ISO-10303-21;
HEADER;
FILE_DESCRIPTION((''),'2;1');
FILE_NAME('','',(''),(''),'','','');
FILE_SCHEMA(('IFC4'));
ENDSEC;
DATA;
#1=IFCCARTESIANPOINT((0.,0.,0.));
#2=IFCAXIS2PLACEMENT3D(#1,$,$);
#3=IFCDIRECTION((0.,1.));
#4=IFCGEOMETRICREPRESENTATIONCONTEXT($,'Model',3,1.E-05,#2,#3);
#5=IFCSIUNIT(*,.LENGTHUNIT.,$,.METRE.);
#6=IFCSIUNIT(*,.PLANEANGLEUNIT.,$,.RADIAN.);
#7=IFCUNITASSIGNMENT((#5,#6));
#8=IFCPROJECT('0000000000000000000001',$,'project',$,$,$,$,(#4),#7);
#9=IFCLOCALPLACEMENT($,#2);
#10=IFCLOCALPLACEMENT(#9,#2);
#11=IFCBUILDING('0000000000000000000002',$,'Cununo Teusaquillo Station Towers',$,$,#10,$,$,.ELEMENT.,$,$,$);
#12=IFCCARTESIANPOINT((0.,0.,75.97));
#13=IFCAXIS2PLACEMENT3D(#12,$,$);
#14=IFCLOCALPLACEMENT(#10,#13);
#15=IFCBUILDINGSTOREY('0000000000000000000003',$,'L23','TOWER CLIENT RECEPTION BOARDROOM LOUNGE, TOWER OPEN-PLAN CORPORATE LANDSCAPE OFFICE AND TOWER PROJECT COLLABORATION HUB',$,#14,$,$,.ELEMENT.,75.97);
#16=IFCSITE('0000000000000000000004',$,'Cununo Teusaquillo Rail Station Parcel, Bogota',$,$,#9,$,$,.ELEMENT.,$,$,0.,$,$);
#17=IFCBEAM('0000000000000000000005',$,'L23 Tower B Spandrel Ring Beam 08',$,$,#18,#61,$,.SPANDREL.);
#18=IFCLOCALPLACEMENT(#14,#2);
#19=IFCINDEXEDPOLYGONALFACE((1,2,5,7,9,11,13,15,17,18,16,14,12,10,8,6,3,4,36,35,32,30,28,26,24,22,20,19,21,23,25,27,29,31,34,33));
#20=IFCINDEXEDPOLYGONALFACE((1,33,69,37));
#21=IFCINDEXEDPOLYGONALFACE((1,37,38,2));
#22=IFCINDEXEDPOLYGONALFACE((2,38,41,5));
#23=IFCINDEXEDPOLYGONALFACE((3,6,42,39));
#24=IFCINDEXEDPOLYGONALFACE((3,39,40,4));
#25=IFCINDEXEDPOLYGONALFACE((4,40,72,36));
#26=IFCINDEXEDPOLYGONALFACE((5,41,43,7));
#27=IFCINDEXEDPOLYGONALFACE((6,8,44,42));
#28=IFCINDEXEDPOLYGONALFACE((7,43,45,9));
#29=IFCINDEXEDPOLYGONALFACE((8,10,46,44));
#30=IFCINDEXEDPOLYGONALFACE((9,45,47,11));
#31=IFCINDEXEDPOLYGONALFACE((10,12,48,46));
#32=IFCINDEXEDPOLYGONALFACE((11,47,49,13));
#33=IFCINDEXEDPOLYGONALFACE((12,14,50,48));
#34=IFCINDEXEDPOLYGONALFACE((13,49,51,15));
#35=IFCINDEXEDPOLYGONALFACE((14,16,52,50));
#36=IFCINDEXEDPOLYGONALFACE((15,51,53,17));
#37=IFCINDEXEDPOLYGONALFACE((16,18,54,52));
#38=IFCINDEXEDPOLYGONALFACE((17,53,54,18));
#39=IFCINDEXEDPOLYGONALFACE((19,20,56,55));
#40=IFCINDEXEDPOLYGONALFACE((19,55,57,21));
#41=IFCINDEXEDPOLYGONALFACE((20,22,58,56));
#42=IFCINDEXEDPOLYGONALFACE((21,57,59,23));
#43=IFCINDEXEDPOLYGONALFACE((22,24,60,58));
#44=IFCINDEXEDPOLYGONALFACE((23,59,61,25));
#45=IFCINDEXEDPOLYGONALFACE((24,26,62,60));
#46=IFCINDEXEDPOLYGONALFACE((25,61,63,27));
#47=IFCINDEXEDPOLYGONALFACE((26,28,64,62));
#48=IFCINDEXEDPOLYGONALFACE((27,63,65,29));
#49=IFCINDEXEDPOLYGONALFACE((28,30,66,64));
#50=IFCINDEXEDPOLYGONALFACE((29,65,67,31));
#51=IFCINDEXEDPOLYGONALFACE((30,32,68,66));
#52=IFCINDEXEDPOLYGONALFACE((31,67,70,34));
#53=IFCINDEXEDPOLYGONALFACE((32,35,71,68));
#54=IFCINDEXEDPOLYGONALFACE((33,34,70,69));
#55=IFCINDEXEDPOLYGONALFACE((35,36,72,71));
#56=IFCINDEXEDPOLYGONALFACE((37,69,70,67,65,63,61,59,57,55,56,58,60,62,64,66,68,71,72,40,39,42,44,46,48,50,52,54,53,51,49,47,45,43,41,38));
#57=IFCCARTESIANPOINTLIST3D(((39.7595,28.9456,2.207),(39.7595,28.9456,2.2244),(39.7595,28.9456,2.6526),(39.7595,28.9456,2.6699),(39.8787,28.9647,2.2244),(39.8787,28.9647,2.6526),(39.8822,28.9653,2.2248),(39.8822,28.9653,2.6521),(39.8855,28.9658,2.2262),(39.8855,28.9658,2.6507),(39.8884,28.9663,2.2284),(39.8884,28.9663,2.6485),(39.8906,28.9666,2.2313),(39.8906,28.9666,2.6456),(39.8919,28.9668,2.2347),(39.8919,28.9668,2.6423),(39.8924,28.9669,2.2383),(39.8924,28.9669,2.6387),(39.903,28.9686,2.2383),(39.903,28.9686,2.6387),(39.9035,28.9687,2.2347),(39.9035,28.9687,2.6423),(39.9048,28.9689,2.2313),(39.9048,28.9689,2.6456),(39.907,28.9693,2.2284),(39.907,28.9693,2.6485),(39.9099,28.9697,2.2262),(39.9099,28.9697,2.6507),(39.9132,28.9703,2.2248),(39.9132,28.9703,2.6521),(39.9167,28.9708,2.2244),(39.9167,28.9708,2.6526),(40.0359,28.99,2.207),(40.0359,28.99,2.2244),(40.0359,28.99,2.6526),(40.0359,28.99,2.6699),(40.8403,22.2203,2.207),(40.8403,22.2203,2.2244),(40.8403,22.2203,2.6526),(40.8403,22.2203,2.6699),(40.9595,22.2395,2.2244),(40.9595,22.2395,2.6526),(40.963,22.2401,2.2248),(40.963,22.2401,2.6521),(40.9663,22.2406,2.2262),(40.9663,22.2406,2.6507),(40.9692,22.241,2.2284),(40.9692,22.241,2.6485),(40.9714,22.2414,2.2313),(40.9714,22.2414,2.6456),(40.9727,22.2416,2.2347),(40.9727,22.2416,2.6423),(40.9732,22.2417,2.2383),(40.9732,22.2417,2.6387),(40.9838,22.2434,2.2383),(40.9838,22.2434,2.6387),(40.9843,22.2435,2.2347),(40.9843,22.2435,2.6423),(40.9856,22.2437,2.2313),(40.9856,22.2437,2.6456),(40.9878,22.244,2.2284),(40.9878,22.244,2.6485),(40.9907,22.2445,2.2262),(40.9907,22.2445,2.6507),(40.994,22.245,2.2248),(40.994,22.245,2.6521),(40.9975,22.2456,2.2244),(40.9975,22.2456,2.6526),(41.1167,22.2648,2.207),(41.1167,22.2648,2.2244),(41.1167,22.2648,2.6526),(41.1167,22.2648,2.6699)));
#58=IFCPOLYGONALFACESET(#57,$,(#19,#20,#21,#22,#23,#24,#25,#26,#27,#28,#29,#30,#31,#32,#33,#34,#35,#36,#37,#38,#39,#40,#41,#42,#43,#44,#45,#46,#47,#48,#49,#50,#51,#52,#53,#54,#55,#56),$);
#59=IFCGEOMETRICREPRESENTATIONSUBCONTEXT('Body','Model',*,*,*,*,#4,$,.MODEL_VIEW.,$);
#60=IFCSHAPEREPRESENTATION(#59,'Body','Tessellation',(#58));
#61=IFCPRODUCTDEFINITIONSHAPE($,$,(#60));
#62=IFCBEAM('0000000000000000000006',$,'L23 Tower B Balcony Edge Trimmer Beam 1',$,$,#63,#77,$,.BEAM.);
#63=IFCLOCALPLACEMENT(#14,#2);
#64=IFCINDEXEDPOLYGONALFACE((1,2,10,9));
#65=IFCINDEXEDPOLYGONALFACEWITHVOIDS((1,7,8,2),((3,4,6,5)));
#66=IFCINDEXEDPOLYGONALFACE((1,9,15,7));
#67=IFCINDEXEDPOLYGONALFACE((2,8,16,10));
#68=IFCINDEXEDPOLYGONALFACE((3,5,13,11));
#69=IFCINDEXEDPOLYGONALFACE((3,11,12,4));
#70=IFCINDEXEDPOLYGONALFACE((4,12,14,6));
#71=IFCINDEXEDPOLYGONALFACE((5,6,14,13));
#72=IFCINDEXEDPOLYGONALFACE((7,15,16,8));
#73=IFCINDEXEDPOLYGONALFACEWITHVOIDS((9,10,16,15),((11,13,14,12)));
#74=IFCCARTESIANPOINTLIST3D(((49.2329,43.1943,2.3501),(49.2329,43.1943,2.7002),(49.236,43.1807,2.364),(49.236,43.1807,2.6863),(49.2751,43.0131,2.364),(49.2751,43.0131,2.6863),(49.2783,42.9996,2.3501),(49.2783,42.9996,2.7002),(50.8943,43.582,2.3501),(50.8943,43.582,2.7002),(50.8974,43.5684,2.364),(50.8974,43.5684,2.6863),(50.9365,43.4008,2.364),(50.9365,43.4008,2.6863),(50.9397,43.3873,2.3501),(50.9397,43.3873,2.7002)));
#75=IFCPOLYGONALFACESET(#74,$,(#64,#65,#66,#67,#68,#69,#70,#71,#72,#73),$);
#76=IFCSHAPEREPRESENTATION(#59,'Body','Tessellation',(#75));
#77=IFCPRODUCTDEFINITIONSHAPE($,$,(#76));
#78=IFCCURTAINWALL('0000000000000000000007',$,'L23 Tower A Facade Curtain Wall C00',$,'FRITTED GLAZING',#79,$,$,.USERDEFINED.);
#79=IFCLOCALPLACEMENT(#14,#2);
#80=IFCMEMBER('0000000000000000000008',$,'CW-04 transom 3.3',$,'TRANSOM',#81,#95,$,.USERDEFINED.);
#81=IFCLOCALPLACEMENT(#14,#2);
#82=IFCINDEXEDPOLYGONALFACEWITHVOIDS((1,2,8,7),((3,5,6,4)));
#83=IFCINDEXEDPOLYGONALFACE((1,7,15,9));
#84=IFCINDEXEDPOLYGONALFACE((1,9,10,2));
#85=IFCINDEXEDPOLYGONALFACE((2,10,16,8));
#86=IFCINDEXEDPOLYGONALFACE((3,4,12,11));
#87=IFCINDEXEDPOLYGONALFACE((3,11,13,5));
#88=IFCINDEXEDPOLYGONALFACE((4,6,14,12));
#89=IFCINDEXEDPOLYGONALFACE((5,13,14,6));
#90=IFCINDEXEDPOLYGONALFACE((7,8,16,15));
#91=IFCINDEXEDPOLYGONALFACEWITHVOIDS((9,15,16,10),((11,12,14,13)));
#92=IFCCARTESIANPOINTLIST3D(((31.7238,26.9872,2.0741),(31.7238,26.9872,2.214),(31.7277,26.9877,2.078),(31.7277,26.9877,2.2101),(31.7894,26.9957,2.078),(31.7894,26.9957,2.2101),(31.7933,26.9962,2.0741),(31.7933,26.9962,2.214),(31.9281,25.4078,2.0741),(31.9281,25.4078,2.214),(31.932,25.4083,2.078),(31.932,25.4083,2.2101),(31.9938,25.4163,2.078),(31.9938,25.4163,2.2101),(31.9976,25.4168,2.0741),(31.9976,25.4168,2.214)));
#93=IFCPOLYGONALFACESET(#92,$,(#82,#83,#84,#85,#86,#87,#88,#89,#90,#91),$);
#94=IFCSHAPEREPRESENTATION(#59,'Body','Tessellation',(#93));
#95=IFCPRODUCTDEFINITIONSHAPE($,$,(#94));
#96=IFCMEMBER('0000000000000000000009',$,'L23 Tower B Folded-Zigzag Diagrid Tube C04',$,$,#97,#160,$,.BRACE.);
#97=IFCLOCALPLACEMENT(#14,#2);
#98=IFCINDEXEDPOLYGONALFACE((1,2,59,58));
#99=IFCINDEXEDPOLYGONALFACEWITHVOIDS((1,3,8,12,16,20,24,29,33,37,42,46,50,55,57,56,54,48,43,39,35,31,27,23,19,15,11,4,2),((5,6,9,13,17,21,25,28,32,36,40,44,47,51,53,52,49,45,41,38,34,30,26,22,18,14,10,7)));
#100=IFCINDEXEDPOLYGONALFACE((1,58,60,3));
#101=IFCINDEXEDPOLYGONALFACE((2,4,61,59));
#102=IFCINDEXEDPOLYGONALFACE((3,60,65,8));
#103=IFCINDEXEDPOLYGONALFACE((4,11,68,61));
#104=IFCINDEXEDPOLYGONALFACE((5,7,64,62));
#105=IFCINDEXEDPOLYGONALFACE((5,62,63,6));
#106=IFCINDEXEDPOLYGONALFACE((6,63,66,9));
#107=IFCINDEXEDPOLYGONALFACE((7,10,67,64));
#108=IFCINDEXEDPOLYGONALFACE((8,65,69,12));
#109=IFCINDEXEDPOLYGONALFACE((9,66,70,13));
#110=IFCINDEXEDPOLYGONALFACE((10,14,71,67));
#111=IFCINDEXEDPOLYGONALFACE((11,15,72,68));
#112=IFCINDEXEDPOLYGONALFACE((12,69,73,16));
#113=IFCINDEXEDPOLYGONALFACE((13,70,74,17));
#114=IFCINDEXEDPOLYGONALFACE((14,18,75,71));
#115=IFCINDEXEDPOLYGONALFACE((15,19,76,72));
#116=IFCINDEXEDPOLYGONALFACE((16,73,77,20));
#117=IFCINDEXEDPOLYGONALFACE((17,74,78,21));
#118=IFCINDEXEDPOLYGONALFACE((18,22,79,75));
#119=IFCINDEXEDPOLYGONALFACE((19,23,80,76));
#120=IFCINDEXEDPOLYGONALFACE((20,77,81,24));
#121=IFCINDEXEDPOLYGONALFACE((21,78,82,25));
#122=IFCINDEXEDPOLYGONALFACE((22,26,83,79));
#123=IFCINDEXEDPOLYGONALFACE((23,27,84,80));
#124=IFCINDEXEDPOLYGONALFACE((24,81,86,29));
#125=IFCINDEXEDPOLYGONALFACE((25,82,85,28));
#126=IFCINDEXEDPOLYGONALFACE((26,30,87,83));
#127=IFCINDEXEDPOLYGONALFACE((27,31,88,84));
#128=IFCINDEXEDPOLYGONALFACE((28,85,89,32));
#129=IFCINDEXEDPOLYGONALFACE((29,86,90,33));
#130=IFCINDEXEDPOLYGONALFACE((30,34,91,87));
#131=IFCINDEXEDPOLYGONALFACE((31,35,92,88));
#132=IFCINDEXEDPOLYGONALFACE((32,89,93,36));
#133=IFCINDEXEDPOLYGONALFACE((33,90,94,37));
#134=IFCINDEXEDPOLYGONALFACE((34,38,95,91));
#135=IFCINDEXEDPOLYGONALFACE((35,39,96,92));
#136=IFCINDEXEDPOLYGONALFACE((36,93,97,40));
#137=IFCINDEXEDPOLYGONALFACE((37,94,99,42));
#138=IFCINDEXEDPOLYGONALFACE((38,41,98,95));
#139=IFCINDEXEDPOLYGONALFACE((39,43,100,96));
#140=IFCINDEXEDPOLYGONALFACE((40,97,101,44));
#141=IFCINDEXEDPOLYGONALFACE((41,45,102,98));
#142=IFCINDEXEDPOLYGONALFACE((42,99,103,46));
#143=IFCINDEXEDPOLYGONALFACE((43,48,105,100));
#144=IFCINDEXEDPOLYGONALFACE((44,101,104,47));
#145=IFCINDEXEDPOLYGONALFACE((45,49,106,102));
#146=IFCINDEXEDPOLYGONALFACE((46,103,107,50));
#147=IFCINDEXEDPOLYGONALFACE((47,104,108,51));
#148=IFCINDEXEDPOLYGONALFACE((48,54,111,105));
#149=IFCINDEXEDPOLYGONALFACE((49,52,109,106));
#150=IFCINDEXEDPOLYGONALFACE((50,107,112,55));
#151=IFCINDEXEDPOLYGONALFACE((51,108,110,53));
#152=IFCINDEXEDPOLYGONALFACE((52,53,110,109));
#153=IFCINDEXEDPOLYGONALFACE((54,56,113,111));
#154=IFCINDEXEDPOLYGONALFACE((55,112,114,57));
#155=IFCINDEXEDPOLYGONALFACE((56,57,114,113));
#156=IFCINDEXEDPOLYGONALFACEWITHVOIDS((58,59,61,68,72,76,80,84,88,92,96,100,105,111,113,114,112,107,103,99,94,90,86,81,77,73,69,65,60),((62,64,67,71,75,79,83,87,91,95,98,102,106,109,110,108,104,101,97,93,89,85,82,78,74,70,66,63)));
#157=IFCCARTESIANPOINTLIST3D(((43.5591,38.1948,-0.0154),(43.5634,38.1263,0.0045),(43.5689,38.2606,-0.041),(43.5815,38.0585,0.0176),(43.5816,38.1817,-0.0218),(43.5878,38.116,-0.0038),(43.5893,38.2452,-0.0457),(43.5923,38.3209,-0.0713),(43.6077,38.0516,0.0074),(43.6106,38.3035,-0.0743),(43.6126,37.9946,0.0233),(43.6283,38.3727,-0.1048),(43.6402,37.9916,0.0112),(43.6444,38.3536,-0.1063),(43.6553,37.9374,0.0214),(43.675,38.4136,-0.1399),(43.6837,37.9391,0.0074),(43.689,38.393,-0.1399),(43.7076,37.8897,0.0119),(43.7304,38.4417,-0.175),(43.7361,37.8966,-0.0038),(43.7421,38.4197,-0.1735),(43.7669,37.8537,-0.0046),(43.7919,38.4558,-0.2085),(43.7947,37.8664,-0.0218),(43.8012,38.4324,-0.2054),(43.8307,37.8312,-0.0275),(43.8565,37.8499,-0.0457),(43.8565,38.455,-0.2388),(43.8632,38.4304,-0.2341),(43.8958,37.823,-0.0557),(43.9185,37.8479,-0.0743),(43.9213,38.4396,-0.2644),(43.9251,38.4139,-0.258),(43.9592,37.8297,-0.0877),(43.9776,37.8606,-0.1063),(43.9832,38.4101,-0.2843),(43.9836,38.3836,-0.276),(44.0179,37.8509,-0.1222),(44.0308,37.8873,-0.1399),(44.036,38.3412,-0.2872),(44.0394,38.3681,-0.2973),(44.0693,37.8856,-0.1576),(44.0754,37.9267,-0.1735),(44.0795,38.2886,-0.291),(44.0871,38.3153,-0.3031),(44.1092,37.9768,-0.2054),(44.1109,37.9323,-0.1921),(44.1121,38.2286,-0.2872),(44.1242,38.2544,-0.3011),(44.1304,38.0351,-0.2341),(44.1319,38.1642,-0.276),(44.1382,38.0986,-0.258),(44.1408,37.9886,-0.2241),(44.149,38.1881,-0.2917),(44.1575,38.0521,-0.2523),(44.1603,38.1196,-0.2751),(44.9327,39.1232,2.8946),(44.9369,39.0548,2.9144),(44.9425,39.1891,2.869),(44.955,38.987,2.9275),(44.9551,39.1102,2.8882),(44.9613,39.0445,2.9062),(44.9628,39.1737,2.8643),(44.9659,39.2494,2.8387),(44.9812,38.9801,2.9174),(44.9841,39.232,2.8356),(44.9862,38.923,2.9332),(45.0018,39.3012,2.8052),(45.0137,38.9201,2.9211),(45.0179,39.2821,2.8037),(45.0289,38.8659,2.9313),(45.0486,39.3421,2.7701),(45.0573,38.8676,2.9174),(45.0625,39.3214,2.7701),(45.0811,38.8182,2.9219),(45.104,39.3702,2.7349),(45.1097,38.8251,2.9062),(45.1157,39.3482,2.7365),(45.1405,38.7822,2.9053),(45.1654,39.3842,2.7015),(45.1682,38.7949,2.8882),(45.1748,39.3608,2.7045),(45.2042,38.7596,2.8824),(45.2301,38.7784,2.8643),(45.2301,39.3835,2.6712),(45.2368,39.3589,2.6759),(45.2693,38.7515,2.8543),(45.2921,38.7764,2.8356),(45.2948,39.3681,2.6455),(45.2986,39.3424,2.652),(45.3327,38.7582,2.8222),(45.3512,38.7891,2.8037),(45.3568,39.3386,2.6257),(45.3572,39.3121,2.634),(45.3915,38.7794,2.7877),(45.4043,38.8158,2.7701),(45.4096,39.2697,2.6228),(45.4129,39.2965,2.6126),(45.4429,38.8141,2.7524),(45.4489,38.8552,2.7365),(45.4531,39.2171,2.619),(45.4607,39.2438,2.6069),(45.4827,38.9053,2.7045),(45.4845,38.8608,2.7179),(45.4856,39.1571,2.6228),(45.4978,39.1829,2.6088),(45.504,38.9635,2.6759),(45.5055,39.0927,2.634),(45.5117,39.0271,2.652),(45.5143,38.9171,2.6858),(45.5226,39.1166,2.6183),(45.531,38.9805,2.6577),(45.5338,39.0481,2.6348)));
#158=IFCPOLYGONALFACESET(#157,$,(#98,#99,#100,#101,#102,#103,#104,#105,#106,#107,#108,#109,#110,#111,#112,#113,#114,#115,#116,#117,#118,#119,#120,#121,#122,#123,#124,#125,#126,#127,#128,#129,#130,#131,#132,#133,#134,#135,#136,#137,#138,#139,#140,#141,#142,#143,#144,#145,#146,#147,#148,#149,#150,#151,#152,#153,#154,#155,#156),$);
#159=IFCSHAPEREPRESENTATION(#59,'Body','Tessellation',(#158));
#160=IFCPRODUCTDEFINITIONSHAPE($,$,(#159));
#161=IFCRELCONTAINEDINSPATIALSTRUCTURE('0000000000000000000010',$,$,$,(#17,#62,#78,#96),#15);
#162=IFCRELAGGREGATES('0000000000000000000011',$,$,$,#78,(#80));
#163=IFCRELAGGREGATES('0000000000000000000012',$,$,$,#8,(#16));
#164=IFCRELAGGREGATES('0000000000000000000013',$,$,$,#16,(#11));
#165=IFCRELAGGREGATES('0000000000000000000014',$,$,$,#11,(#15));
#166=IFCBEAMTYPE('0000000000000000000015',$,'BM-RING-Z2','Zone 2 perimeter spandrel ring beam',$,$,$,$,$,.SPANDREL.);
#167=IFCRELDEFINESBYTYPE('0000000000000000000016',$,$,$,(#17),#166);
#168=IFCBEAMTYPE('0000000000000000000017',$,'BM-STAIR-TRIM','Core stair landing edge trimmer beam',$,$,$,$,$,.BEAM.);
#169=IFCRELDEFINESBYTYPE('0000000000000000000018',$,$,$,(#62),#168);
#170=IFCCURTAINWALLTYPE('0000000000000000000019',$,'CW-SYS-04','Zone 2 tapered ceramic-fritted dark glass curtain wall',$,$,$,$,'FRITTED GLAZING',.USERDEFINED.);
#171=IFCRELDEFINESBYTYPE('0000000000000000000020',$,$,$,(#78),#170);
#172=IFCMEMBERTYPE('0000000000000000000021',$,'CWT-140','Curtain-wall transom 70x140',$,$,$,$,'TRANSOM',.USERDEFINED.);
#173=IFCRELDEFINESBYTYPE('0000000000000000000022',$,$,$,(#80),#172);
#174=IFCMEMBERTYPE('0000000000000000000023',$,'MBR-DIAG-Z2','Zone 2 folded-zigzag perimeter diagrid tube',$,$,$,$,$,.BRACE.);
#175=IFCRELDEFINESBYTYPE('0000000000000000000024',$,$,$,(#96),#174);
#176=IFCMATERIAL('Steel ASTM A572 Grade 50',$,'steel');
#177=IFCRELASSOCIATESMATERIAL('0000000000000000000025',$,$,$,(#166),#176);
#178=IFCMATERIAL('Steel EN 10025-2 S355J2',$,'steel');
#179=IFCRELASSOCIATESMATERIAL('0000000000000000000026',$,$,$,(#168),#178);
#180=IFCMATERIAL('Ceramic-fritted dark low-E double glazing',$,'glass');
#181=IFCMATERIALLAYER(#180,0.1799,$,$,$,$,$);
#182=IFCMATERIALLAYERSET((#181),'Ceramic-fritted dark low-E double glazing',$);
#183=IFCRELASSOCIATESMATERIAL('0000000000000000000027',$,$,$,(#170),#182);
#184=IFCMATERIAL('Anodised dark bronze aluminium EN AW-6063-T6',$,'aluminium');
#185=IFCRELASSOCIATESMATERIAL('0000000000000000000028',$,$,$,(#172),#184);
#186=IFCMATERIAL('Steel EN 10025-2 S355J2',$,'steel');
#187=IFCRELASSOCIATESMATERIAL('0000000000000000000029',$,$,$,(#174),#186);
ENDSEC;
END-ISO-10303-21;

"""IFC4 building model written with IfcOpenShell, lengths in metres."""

from ifc_helpers import new_model, si_unit, direction, frame, origin, origin_2d, place, context, subcontext, project, spatial, hollow_rectangle, hollow_circle, i_section, extrude, material, layer, layer_set, material_profile, profile_set, type_object, element, aggregate, save


model = new_model("IFC4")

# Units and contexts
model_context = context("Model", 3, precision=1e-05, world=origin(), true_north=direction((0.0, 1.0)))
body_context = subcontext(model_context, "Body", "Model", "MODEL_VIEW")
ifc_project = project(units=[si_unit("LENGTHUNIT", "METRE"), si_unit("PLANEANGLEUNIT", "RADIAN")], contexts=[model_context])

# Site, building, storey
site_placement = place(None, origin())
site = spatial("IfcSite", under=ifc_project, at=site_placement, Name="Cununo Teusaquillo Rail Station Parcel, Bogota", CompositionType="ELEMENT", RefElevation=0.0)
building_placement = place(site_placement, origin())
building = spatial("IfcBuilding", under=site, at=building_placement, Name="Cununo Teusaquillo Station Towers", CompositionType="ELEMENT")
storey_placement = place(building_placement, frame((0.0, 0.0, 75.97)))
storey = spatial("IfcBuildingStorey", under=building, at=storey_placement, Name="L23", Description="TOWER CLIENT RECEPTION BOARDROOM LOUNGE, TOWER OPEN-PLAN CORPORATE LANDSCAPE OFFICE AND TOWER PROJECT COLLABORATION HUB", CompositionType="ELEMENT", Elevation=75.97)

# Beams
ifc_material_1 = material(Name="Steel ASTM A572 Grade 50", Category="steel")
ifc_material_profile_1 = material_profile(ifc_material_1, i_section(OverallWidth=0.28, OverallDepth=0.4629, WebThickness=0.0107, FlangeThickness=0.0173, FilletRadius=0.0139, at=origin_2d()), Name="W18X76")
ifc_profile_set_1 = profile_set([ifc_material_profile_1], Name="Steel ASTM A572 Grade 50")
beam_type_1 = type_object("IfcBeamType", Name="BM-RING-Z2", Description="Zone 2 perimeter spandrel ring beam", PredefinedType="SPANDREL", material=ifc_profile_set_1)
beam_1_placement = place(storey_placement, frame((39.8977, 28.9678, 2.4385), z_axis=(0.158671, -0.987331, 0.0), x_axis=(0.987331, 0.158671, 0.0)))
element("IfcBeam", 1, at=beam_1_placement, inside=storey, type_object=beam_type_1, Name="L23 Tower B Spandrel Ring Beam 08", PredefinedType="SPANDREL", context=body_context, shape_type="SweptSolid", body=[
    extrude(i_section(OverallWidth=0.28, OverallDepth=0.4629, WebThickness=0.0107, FlangeThickness=0.0173, FilletRadius=0.0139, at=origin_2d()), origin(), (0.0, 0.0, 1.0), 6.8115),
])
ifc_material_2 = material(Name="Steel EN 10025-2 S355J2", Category="steel")
ifc_material_profile_2 = material_profile(ifc_material_2, hollow_rectangle(XDim=0.2, YDim=0.3501, WallThickness=0.0139, at=origin_2d()), Name="RHS 350x200x14")
ifc_profile_set_2 = profile_set([ifc_material_profile_2], Name="Steel EN 10025-2 S355J2")
beam_type_2 = type_object("IfcBeamType", Name="BM-STAIR-TRIM", Description="Core stair landing edge trimmer beam", PredefinedType="BEAM", material=ifc_profile_set_2)
beam_2_placement = place(storey_placement, frame((50.917, 43.4846, 2.5251), z_axis=(-0.973836, -0.227252, 0.0), x_axis=(0.227252, -0.973836, 0.0)))
element("IfcBeam", 2, at=beam_2_placement, inside=storey, type_object=beam_type_2, Name="L23 Tower B Balcony Edge Trimmer Beam 1", PredefinedType="BEAM", context=body_context, shape_type="SweptSolid", body=[
    extrude(hollow_rectangle(XDim=0.2, YDim=0.3501, WallThickness=0.0139, at=origin_2d()), origin(), (0.0, 0.0, 1.0), 1.7061),
])

# Curtain wall, member
ifc_material_3 = material(Name="Ceramic-fritted dark low-E double glazing", Category="glass")
ifc_layer_1 = layer(ifc_material_3, 0.1799)
ifc_layer_set_1 = layer_set([ifc_layer_1], Name="Ceramic-fritted dark low-E double glazing")
curtain_wall_type = type_object("IfcCurtainWallType", Name="CW-SYS-04", Description="Zone 2 tapered ceramic-fritted dark glass curtain wall", ElementType="FRITTED GLAZING", PredefinedType="USERDEFINED", material=ifc_layer_set_1)
curtain_wall_placement = place(storey_placement, origin())
curtain_wall = element("IfcCurtainWall", 3, at=curtain_wall_placement, inside=storey, type_object=curtain_wall_type, Name="L23 Tower A Facade Curtain Wall C00", ObjectType="FRITTED GLAZING", PredefinedType="USERDEFINED")
ifc_material_4 = material(Name="Anodised dark bronze aluminium EN AW-6063-T6", Category="aluminium")
ifc_material_profile_3 = material_profile(ifc_material_4, hollow_rectangle(XDim=0.0701, YDim=0.1399, WallThickness=0.0039, at=origin_2d()), Name="CW-TRAN-70x140")
ifc_profile_set_3 = profile_set([ifc_material_profile_3], Name="Anodised dark bronze aluminium EN AW-6063-T6")
member_type_1 = type_object("IfcMemberType", Name="CWT-140", Description="Curtain-wall transom 70x140", ElementType="TRANSOM", PredefinedType="USERDEFINED", material=ifc_profile_set_3)
member_1_placement = place(storey_placement, frame((31.7585, 26.9917, 2.144), z_axis=(0.128317, -0.991733, 0.0), x_axis=(0.991733, 0.128317, 0.0)))
member_1 = element("IfcMember", 4, at=member_1_placement, type_object=member_type_1, Name="CW-04 transom 3.3", ObjectType="TRANSOM", PredefinedType="USERDEFINED", context=body_context, shape_type="SweptSolid", body=[
    extrude(hollow_rectangle(XDim=0.0701, YDim=0.1399, WallThickness=0.0039, at=origin_2d()), origin(), (0.0, 0.0, 1.0), 1.5925),
])

# Member
ifc_material_5 = material(Name="Steel EN 10025-2 S355J2", Category="steel")
ifc_material_profile_4 = material_profile(ifc_material_5, hollow_circle(Radius=0.3301, WallThickness=0.0249, at=origin_2d()), Name="CHS 660x25")
ifc_profile_set_4 = profile_set([ifc_material_profile_4], Name="Steel EN 10025-2 S355J2")
member_type_2 = type_object("IfcMemberType", Name="MBR-DIAG-Z2", Description="Zone 2 folded-zigzag perimeter diagrid tube", PredefinedType="BRACE", material=ifc_profile_set_4)
member_2_placement = place(storey_placement, frame((43.8599, 38.1401, -0.1399), z_axis=(0.410125, 0.277232, 0.868873), x_axis=(-0.560024, 0.828476, 0.0)))
element("IfcMember", 5, at=member_2_placement, inside=storey, type_object=member_type_2, Name="L23 Tower B Folded-Zigzag Diagrid Tube C04", PredefinedType="BRACE", context=body_context, shape_type="SweptSolid", body=[
    extrude(hollow_circle(Radius=0.3301, WallThickness=0.0249, at=origin_2d()), origin(), (0.0, 0.0, 1.0), 3.3491),
])

aggregate(curtain_wall, [member_1])

save(model, "model.ifc")
